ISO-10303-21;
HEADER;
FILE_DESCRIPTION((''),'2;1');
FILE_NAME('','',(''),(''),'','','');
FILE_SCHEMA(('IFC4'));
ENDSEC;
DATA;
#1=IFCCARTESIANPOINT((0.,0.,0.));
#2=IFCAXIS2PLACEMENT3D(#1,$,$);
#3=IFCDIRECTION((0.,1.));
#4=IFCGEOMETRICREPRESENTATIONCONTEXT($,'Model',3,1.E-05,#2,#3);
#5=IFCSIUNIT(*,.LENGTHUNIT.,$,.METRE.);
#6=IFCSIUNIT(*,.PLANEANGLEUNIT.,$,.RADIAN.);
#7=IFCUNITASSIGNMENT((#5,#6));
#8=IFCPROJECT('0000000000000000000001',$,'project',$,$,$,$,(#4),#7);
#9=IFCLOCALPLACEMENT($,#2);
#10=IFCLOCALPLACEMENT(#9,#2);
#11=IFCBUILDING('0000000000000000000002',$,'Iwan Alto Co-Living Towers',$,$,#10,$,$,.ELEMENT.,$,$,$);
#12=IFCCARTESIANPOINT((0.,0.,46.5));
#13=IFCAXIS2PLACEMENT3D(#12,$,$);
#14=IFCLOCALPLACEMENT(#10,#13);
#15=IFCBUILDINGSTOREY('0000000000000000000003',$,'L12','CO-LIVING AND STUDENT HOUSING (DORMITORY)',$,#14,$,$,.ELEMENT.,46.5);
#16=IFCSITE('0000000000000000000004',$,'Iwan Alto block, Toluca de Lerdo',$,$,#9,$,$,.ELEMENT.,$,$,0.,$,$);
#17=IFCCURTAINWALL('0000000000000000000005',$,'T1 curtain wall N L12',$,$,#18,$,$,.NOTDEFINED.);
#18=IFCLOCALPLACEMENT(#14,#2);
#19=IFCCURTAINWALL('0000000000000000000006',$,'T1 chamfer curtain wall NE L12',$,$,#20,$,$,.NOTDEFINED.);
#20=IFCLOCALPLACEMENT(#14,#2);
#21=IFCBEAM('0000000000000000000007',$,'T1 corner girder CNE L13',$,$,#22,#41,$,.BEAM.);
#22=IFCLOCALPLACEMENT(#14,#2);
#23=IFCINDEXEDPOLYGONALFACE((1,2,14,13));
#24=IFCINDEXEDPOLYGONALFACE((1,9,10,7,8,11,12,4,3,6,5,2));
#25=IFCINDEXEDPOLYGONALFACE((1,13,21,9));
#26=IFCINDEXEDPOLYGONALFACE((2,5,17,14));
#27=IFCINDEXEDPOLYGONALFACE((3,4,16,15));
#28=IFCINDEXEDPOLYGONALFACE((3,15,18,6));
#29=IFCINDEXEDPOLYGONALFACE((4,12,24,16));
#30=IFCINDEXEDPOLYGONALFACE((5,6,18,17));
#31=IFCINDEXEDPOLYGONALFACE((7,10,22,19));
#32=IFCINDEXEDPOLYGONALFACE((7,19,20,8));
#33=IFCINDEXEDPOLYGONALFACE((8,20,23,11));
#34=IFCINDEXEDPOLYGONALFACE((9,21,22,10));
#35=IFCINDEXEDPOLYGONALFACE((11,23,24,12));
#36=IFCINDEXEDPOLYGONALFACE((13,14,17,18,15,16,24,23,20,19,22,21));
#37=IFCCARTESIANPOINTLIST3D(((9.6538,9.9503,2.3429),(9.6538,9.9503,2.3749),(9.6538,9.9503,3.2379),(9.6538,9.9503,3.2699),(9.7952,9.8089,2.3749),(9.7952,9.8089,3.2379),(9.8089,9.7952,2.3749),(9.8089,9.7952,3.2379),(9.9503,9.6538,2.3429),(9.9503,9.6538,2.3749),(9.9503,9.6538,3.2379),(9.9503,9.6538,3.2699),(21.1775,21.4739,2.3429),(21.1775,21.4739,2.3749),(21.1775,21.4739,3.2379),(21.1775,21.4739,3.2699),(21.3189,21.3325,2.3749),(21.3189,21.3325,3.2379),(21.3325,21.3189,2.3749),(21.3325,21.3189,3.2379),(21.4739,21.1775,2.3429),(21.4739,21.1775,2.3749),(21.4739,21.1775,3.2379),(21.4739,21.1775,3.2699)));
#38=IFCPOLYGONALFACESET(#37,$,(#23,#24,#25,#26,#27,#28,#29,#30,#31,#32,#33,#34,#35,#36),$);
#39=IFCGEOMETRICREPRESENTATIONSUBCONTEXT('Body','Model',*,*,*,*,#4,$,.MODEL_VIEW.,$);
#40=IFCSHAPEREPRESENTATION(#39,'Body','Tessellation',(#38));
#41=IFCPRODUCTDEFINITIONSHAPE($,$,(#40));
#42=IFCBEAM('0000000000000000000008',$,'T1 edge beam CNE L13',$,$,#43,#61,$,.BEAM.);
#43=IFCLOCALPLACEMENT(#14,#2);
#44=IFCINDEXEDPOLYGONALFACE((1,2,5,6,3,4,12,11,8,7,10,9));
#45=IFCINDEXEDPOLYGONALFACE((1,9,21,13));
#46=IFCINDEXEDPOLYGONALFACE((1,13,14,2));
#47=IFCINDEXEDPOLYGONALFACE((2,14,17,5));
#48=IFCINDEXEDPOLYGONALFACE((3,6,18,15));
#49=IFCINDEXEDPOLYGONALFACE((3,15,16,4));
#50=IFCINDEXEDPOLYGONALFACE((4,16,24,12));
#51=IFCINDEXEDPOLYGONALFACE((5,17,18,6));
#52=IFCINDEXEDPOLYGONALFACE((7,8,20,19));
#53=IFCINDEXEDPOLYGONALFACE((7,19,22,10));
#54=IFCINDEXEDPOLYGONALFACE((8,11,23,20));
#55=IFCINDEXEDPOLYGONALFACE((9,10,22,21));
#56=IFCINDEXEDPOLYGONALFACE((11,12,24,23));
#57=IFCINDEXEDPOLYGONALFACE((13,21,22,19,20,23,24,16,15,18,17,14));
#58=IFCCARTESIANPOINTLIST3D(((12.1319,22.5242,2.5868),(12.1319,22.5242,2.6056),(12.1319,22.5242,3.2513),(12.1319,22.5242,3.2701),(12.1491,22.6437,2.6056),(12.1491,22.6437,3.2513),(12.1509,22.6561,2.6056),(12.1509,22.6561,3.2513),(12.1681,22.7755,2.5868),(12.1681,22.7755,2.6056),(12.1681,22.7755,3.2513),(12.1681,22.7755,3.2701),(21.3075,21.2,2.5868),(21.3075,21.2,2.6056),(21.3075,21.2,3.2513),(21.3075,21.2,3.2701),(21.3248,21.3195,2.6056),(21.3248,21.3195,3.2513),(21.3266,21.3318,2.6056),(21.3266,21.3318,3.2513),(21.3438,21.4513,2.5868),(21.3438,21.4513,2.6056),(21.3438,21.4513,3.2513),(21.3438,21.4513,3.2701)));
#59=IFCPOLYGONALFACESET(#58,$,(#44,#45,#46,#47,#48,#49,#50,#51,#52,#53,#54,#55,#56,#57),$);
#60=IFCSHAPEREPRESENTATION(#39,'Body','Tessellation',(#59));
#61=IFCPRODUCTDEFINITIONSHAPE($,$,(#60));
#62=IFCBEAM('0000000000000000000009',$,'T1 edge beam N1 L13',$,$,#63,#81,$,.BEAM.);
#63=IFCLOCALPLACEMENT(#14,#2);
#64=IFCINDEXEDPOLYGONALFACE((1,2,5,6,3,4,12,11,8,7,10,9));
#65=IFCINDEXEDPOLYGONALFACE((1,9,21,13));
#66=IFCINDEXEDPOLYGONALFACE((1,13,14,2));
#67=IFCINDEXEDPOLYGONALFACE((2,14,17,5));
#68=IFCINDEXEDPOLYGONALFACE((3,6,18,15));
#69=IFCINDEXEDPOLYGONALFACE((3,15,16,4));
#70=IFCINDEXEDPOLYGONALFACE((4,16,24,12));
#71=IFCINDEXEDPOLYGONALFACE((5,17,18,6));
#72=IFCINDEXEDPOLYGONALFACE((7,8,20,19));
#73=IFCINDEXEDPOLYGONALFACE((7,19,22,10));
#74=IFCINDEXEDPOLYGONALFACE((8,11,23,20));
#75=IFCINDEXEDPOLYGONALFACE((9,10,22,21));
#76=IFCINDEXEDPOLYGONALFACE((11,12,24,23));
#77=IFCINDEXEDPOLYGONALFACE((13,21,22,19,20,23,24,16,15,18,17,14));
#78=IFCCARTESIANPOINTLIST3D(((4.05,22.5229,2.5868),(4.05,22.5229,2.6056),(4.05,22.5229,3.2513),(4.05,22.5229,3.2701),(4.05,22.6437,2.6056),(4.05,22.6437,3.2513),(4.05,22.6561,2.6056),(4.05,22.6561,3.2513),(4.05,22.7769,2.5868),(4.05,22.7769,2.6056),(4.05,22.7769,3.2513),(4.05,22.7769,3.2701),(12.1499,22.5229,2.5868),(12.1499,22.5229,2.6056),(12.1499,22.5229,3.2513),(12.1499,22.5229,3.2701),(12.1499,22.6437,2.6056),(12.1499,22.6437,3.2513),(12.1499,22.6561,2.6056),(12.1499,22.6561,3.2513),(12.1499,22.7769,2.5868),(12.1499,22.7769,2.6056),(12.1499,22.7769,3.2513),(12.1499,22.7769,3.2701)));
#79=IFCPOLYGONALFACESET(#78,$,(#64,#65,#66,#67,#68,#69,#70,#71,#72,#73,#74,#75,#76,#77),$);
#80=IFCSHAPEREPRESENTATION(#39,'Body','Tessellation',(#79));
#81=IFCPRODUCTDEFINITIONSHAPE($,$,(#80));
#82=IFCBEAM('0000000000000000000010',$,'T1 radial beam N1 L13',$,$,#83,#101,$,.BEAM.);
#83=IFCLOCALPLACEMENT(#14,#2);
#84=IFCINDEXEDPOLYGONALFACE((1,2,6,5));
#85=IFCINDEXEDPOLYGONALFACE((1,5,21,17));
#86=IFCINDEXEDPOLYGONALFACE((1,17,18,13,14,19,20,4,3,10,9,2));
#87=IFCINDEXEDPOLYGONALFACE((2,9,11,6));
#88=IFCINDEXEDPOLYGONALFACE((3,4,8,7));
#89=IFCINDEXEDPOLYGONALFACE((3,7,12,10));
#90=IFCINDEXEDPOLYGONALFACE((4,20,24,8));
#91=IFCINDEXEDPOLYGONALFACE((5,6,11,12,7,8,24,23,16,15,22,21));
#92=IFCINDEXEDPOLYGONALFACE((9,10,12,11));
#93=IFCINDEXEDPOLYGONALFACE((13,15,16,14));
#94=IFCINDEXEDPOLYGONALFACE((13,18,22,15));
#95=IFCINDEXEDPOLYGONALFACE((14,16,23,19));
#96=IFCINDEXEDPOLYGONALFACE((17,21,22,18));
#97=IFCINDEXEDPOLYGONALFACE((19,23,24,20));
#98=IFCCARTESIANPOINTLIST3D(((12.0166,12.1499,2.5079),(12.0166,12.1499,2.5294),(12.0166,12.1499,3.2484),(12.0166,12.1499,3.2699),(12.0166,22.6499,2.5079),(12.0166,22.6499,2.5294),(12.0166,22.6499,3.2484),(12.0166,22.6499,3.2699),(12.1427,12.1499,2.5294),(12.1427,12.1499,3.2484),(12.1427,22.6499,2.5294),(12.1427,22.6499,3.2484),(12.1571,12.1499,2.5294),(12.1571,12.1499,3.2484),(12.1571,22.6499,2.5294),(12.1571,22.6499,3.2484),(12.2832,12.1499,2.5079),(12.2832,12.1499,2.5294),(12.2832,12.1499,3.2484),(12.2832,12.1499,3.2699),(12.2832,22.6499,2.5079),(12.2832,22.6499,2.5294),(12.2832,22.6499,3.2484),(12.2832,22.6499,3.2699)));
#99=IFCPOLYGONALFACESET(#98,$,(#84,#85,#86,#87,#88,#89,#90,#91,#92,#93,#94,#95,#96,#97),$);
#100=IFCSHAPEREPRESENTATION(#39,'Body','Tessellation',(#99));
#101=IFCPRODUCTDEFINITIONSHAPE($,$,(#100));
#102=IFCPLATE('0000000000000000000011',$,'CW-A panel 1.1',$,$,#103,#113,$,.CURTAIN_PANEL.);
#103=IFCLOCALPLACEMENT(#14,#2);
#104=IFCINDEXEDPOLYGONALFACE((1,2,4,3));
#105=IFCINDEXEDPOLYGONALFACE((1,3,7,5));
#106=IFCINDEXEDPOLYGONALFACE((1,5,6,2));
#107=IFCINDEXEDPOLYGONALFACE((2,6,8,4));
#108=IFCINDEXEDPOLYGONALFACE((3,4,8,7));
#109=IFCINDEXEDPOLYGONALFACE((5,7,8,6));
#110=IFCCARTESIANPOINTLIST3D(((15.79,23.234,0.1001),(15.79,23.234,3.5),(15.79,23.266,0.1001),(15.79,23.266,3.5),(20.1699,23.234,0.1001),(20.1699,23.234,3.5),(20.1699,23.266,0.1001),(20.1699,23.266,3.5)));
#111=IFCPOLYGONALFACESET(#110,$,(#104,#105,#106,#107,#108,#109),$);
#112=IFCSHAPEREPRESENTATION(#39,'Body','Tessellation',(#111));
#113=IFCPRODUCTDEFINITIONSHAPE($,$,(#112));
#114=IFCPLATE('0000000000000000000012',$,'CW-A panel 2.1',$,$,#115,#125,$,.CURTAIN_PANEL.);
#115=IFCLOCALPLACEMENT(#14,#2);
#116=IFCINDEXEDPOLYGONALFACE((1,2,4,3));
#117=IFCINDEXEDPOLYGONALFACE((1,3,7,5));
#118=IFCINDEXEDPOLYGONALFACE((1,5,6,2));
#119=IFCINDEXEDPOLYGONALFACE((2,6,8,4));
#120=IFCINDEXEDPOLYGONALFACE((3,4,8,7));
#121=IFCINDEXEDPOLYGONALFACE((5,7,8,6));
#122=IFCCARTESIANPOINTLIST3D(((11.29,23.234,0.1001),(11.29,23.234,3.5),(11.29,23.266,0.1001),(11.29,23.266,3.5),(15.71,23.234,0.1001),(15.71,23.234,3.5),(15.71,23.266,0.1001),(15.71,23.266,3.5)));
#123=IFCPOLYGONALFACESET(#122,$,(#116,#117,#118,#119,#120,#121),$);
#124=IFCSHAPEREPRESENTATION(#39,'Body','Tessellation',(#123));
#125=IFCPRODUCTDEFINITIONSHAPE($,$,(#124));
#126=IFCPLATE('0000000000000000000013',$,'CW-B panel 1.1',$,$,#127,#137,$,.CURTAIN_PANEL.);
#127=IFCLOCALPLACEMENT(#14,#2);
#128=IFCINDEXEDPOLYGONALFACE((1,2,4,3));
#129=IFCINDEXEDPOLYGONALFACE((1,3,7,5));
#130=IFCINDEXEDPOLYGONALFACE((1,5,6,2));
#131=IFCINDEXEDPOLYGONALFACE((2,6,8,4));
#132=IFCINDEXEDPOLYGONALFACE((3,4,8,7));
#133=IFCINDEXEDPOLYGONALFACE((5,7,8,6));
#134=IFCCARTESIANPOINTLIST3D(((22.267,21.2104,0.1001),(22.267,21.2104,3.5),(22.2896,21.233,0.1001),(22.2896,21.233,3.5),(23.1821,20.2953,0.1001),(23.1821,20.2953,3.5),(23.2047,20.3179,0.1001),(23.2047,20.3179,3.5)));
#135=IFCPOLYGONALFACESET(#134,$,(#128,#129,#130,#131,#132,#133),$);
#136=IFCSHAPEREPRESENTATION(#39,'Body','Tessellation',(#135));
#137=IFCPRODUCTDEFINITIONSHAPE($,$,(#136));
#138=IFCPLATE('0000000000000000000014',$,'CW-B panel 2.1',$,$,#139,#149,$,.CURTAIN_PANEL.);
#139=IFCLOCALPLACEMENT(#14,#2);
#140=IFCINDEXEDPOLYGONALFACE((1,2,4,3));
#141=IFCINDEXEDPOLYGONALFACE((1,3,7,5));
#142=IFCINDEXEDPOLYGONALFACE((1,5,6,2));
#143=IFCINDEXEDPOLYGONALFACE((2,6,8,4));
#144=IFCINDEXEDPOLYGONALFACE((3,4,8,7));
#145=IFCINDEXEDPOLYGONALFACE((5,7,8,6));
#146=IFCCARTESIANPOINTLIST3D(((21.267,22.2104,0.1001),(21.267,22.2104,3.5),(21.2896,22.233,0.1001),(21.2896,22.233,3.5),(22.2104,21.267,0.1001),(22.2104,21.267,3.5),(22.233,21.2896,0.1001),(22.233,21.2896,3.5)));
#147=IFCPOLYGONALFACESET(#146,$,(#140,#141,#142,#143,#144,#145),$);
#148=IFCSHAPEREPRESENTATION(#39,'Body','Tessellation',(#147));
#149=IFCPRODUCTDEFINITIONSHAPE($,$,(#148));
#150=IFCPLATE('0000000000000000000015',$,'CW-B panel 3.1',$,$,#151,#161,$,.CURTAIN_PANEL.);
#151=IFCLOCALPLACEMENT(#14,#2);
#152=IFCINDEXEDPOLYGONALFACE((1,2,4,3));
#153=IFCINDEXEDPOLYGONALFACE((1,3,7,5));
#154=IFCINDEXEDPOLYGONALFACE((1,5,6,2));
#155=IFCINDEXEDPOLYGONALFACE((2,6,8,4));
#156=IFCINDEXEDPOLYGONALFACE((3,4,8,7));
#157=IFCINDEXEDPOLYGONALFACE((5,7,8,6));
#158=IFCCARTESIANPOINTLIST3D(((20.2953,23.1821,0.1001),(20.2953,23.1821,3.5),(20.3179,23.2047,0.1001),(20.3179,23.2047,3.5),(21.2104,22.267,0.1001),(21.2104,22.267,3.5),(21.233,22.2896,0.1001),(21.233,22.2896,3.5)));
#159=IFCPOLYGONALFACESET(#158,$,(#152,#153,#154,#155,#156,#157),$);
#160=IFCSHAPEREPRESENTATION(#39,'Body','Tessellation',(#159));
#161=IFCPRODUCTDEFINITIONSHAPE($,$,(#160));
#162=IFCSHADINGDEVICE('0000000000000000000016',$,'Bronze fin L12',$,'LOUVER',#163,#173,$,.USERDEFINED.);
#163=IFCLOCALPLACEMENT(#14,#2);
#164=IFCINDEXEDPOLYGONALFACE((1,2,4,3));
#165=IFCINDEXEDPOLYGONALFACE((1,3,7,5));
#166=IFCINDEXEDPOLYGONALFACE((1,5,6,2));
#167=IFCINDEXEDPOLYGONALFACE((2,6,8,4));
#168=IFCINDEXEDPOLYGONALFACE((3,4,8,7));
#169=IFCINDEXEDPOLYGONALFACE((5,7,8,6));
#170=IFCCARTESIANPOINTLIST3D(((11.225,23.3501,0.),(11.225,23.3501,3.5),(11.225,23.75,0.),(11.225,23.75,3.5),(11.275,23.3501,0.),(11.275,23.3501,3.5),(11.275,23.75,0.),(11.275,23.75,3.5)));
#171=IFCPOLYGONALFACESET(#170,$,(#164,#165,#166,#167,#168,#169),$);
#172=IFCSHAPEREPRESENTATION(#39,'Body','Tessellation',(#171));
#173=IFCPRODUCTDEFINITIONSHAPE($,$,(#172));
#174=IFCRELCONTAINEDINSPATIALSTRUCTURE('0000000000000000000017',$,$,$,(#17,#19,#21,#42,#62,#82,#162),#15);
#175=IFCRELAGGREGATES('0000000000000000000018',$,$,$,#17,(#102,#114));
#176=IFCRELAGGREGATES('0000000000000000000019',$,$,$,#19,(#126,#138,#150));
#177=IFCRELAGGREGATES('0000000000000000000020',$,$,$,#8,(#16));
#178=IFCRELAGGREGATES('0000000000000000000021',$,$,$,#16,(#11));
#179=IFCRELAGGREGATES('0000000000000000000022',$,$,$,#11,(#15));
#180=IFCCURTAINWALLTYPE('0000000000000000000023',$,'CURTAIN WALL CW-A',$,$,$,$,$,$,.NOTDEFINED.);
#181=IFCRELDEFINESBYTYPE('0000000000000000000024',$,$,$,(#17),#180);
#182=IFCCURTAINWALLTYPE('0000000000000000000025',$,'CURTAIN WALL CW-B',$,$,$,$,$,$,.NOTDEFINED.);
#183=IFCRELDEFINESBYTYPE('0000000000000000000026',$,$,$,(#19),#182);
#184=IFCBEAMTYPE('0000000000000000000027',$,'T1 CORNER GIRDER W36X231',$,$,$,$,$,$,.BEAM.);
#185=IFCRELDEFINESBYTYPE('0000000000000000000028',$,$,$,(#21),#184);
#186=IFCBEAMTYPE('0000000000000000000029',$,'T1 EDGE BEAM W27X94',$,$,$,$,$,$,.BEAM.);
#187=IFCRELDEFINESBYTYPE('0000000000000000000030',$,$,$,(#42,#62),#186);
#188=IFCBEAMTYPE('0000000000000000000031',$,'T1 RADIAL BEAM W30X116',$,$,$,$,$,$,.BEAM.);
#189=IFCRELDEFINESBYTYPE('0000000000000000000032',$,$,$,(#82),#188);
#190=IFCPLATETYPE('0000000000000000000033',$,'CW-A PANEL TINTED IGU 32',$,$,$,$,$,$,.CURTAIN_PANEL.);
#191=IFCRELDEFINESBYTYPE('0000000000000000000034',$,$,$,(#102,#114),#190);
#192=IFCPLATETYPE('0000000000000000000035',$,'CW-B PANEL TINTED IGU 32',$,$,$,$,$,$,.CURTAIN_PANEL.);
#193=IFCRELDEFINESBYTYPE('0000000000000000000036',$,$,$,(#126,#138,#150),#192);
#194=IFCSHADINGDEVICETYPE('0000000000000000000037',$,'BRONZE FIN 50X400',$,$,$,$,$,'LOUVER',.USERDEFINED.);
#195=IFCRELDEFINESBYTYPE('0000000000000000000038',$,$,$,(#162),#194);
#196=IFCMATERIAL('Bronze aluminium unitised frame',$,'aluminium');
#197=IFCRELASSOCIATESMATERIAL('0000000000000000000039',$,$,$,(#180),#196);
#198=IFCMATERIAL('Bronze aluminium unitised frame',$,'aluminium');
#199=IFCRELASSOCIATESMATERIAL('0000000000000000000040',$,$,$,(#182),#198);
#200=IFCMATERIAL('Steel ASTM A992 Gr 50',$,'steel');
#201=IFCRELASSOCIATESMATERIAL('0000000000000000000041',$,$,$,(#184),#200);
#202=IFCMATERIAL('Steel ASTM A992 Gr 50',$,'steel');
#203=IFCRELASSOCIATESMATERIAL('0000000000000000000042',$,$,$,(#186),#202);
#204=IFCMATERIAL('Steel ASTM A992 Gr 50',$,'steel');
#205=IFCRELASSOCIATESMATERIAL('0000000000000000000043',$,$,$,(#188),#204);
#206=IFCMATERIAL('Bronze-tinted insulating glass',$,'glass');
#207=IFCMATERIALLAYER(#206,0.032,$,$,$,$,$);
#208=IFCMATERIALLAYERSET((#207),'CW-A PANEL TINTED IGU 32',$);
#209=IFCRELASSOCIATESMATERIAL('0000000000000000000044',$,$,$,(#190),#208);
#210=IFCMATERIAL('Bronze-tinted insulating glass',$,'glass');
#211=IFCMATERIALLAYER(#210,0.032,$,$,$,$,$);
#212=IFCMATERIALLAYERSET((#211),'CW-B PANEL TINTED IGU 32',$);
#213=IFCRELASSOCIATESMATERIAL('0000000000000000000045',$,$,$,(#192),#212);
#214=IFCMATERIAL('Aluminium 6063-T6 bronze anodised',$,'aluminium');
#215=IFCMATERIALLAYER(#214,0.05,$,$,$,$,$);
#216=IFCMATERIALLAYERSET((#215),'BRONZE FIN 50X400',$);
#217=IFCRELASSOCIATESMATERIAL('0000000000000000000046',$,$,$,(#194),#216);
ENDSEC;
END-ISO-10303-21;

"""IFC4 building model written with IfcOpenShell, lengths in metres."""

from ifc_helpers import new_model, si_unit, direction, frame, origin, origin_2d, place, context, subcontext, project, spatial, rectangle, i_section, extrude, material, layer, layer_set, material_profile, profile_set, type_object, element, aggregate, save


model = new_model("IFC4")

# Units and contexts
model_context = context("Model", 3, precision=1e-05, world=origin(), true_north=direction((0.0, 1.0)))
body_context = subcontext(model_context, "Body", "Model", "MODEL_VIEW")
ifc_project = project(units=[si_unit("LENGTHUNIT", "METRE"), si_unit("PLANEANGLEUNIT", "RADIAN")], contexts=[model_context])

# Site, building, storey
site_placement = place(None, origin())
site = spatial("IfcSite", under=ifc_project, at=site_placement, Name="Iwan Alto block, Toluca de Lerdo", CompositionType="ELEMENT", RefElevation=0.0)
building_placement = place(site_placement, origin())
building = spatial("IfcBuilding", under=site, at=building_placement, Name="Iwan Alto Co-Living Towers", CompositionType="ELEMENT")
storey_placement = place(building_placement, frame((0.0, 0.0, 46.5)))
storey = spatial("IfcBuildingStorey", under=building, at=storey_placement, Name="L12", Description="CO-LIVING AND STUDENT HOUSING (DORMITORY)", CompositionType="ELEMENT", Elevation=46.5)

# Curtain walls
ifc_material_1 = material(Name="Bronze aluminium unitised frame", Category="aluminium")
curtain_wall_type_1 = type_object("IfcCurtainWallType", Name="CURTAIN WALL CW-A", PredefinedType="NOTDEFINED", material=ifc_material_1)
curtain_wall_1_placement = place(storey_placement, origin())
curtain_wall_1 = element("IfcCurtainWall", 1, at=curtain_wall_1_placement, inside=storey, type_object=curtain_wall_type_1, Name="T1 curtain wall N L12", PredefinedType="NOTDEFINED")
ifc_material_2 = material(Name="Bronze aluminium unitised frame", Category="aluminium")
curtain_wall_type_2 = type_object("IfcCurtainWallType", Name="CURTAIN WALL CW-B", PredefinedType="NOTDEFINED", material=ifc_material_2)
curtain_wall_2_placement = place(storey_placement, origin())
curtain_wall_2 = element("IfcCurtainWall", 2, at=curtain_wall_2_placement, inside=storey, type_object=curtain_wall_type_2, Name="T1 chamfer curtain wall NE L12", PredefinedType="NOTDEFINED")

# Beams
ifc_material_3 = material(Name="Steel ASTM A992 Gr 50", Category="steel")
ifc_material_profile_1 = material_profile(ifc_material_3, i_section(OverallWidth=0.4192, OverallDepth=0.927, WebThickness=0.0193, FlangeThickness=0.032, at=origin_2d()), Name="W36X231")
ifc_profile_set_1 = profile_set([ifc_material_profile_1], Name="Steel ASTM A992 Gr 50")
beam_type_1 = type_object("IfcBeamType", Name="T1 CORNER GIRDER W36X231", PredefinedType="BEAM", material=ifc_profile_set_1)
beam_1_placement = place(storey_placement, frame((21.3257, 21.3257, 2.8064), z_axis=(-0.707107, -0.707107, 0.0), x_axis=(0.707107, -0.707107, 0.0)))
element("IfcBeam", 3, at=beam_1_placement, inside=storey, type_object=beam_type_1, Name="T1 corner girder CNE L13", PredefinedType="BEAM", context=body_context, shape_type="SweptSolid", body=[
    extrude(i_section(OverallWidth=0.4192, OverallDepth=0.927, WebThickness=0.0193, FlangeThickness=0.032, at=origin_2d()), origin(), (0.0, 0.0, 1.0), 16.2969),
])
ifc_material_4 = material(Name="Steel ASTM A992 Gr 50", Category="steel")
ifc_material_profile_2 = material_profile(ifc_material_4, i_section(OverallWidth=0.2539, OverallDepth=0.6833, WebThickness=0.0125, FlangeThickness=0.0188, at=origin_2d()), Name="W27X94")
ifc_profile_set_2 = profile_set([ifc_material_profile_2], Name="Steel ASTM A992 Gr 50")
beam_type_2 = type_object("IfcBeamType", Name="T1 EDGE BEAM W27X94", PredefinedType="BEAM", material=ifc_profile_set_2)
beam_2_placement = place(storey_placement, frame((21.3257, 21.3257, 2.9285), z_axis=(-0.989746, 0.142837, 0.0), x_axis=(-0.142837, -0.989746, 0.0)))
element("IfcBeam", 4, at=beam_2_placement, inside=storey, type_object=beam_type_2, Name="T1 edge beam CNE L13", PredefinedType="BEAM", context=body_context, shape_type="SweptSolid", body=[
    extrude(i_section(OverallWidth=0.2539, OverallDepth=0.6833, WebThickness=0.0125, FlangeThickness=0.0188, at=origin_2d()), origin(), (0.0, 0.0, 1.0), 9.2708),
])
beam_3_placement = place(storey_placement, frame((12.1499, 22.6499, 2.9285), z_axis=(-1.0, 0.0, 0.0), x_axis=(0.0, -1.0, 0.0)))
element("IfcBeam", 5, at=beam_3_placement, inside=storey, type_object=beam_type_2, Name="T1 edge beam N1 L13", PredefinedType="BEAM", context=body_context, shape_type="SweptSolid", body=[
    extrude(i_section(OverallWidth=0.2539, OverallDepth=0.6833, WebThickness=0.0125, FlangeThickness=0.0188, at=origin_2d()), origin(), (0.0, 0.0, 1.0), 8.0999),
])
ifc_material_5 = material(Name="Steel ASTM A992 Gr 50", Category="steel")
ifc_material_profile_3 = material_profile(ifc_material_5, i_section(OverallWidth=0.2666, OverallDepth=0.762, WebThickness=0.0144, FlangeThickness=0.0215, at=origin_2d()), Name="W30X116")
ifc_profile_set_3 = profile_set([ifc_material_profile_3], Name="Steel ASTM A992 Gr 50")
beam_type_3 = type_object("IfcBeamType", Name="T1 RADIAL BEAM W30X116", PredefinedType="BEAM", material=ifc_profile_set_3)
beam_4_placement = place(storey_placement, frame((12.1499, 22.6499, 2.8889), z_axis=(0.0, -1.0, 0.0), x_axis=(1.0, 0.0, 0.0)))
element("IfcBeam", 6, at=beam_4_placement, inside=storey, type_object=beam_type_3, Name="T1 radial beam N1 L13", PredefinedType="BEAM", context=body_context, shape_type="SweptSolid", body=[
    extrude(i_section(OverallWidth=0.2666, OverallDepth=0.762, WebThickness=0.0144, FlangeThickness=0.0215, at=origin_2d()), origin(), (0.0, 0.0, 1.0), 10.5),
])

# Plates
ifc_material_6 = material(Name="Bronze-tinted insulating glass", Category="glass")
ifc_layer_1 = layer(ifc_material_6, 0.032)
ifc_layer_set_1 = layer_set([ifc_layer_1], Name="CW-A PANEL TINTED IGU 32")
plate_type_1 = type_object("IfcPlateType", Name="CW-A PANEL TINTED IGU 32", PredefinedType="CURTAIN_PANEL", material=ifc_layer_set_1)
plate_1_placement = place(storey_placement, frame((17.98, 23.25, 0.1001), z_axis=(0.0, 0.0, 1.0), x_axis=(-1.0, 0.0, 0.0)))
plate_1 = element("IfcPlate", 7, at=plate_1_placement, type_object=plate_type_1, Name="CW-A panel 1.1", PredefinedType="CURTAIN_PANEL", context=body_context, shape_type="SweptSolid", body=[
    extrude(rectangle(XDim=4.3799, YDim=0.032, at=origin_2d()), origin(), (0.0, 0.0, 1.0), 3.3999),
])
plate_2_placement = place(storey_placement, frame((13.5, 23.25, 0.1001), z_axis=(0.0, 0.0, 1.0), x_axis=(-1.0, 0.0, 0.0)))
plate_2 = element("IfcPlate", 8, at=plate_2_placement, type_object=plate_type_1, Name="CW-A panel 2.1", PredefinedType="CURTAIN_PANEL", context=body_context, shape_type="SweptSolid", body=[
    extrude(rectangle(XDim=4.4199, YDim=0.032, at=origin_2d()), origin(), (0.0, 0.0, 1.0), 3.3999),
])
aggregate(curtain_wall_1, [plate_1, plate_2])
ifc_material_7 = material(Name="Bronze-tinted insulating glass", Category="glass")
ifc_layer_2 = layer(ifc_material_7, 0.032)
ifc_layer_set_2 = layer_set([ifc_layer_2], Name="CW-B PANEL TINTED IGU 32")
plate_type_2 = type_object("IfcPlateType", Name="CW-B PANEL TINTED IGU 32", PredefinedType="CURTAIN_PANEL", material=ifc_layer_set_2)
plate_3_placement = place(storey_placement, frame((22.7358, 20.7642, 0.1001), z_axis=(0.0, 0.0, 1.0), x_axis=(-0.707107, 0.707107, 0.0)))
plate_3 = element("IfcPlate", 9, at=plate_3_placement, type_object=plate_type_2, Name="CW-B panel 1.1", PredefinedType="CURTAIN_PANEL", context=body_context, shape_type="SweptSolid", body=[
    extrude(rectangle(XDim=1.2942, YDim=0.032, at=origin_2d()), origin(), (0.0, 0.0, 1.0), 3.3999),
])
plate_4_placement = place(storey_placement, frame((21.75, 21.75, 0.1001), z_axis=(0.0, 0.0, 1.0), x_axis=(-0.707107, 0.707107, 0.0)))
plate_4 = element("IfcPlate", 10, at=plate_4_placement, type_object=plate_type_2, Name="CW-B panel 2.1", PredefinedType="CURTAIN_PANEL", context=body_context, shape_type="SweptSolid", body=[
    extrude(rectangle(XDim=1.3342, YDim=0.032, at=origin_2d()), origin(), (0.0, 0.0, 1.0), 3.3999),
])
plate_5_placement = place(storey_placement, frame((20.7642, 22.7358, 0.1001), z_axis=(0.0, 0.0, 1.0), x_axis=(-0.707107, 0.707107, 0.0)))
plate_5 = element("IfcPlate", 11, at=plate_5_placement, type_object=plate_type_2, Name="CW-B panel 3.1", PredefinedType="CURTAIN_PANEL", context=body_context, shape_type="SweptSolid", body=[
    extrude(rectangle(XDim=1.2942, YDim=0.032, at=origin_2d()), origin(), (0.0, 0.0, 1.0), 3.3999),
])
aggregate(curtain_wall_2, [plate_3, plate_4, plate_5])

# Shading device
ifc_material_8 = material(Name="Aluminium 6063-T6 bronze anodised", Category="aluminium")
ifc_layer_3 = layer(ifc_material_8, 0.05)
ifc_layer_set_3 = layer_set([ifc_layer_3], Name="BRONZE FIN 50X400")
shading_device_type = type_object("IfcShadingDeviceType", Name="BRONZE FIN 50X400", ElementType="LOUVER", PredefinedType="USERDEFINED", material=ifc_layer_set_3)
shading_device_placement = place(storey_placement, frame((11.25, 23.55, 0.0), z_axis=(0.0, 0.0, 1.0), x_axis=(-1.0, 0.0, 0.0)))
element("IfcShadingDevice", 12, at=shading_device_placement, inside=storey, type_object=shading_device_type, Name="Bronze fin L12", ObjectType="LOUVER", PredefinedType="USERDEFINED", context=body_context, shape_type="SweptSolid", body=[
    extrude(rectangle(XDim=0.05, YDim=0.3999, at=origin_2d()), origin(), (0.0, 0.0, 1.0), 3.5),
])

save(model, "model.ifc")
